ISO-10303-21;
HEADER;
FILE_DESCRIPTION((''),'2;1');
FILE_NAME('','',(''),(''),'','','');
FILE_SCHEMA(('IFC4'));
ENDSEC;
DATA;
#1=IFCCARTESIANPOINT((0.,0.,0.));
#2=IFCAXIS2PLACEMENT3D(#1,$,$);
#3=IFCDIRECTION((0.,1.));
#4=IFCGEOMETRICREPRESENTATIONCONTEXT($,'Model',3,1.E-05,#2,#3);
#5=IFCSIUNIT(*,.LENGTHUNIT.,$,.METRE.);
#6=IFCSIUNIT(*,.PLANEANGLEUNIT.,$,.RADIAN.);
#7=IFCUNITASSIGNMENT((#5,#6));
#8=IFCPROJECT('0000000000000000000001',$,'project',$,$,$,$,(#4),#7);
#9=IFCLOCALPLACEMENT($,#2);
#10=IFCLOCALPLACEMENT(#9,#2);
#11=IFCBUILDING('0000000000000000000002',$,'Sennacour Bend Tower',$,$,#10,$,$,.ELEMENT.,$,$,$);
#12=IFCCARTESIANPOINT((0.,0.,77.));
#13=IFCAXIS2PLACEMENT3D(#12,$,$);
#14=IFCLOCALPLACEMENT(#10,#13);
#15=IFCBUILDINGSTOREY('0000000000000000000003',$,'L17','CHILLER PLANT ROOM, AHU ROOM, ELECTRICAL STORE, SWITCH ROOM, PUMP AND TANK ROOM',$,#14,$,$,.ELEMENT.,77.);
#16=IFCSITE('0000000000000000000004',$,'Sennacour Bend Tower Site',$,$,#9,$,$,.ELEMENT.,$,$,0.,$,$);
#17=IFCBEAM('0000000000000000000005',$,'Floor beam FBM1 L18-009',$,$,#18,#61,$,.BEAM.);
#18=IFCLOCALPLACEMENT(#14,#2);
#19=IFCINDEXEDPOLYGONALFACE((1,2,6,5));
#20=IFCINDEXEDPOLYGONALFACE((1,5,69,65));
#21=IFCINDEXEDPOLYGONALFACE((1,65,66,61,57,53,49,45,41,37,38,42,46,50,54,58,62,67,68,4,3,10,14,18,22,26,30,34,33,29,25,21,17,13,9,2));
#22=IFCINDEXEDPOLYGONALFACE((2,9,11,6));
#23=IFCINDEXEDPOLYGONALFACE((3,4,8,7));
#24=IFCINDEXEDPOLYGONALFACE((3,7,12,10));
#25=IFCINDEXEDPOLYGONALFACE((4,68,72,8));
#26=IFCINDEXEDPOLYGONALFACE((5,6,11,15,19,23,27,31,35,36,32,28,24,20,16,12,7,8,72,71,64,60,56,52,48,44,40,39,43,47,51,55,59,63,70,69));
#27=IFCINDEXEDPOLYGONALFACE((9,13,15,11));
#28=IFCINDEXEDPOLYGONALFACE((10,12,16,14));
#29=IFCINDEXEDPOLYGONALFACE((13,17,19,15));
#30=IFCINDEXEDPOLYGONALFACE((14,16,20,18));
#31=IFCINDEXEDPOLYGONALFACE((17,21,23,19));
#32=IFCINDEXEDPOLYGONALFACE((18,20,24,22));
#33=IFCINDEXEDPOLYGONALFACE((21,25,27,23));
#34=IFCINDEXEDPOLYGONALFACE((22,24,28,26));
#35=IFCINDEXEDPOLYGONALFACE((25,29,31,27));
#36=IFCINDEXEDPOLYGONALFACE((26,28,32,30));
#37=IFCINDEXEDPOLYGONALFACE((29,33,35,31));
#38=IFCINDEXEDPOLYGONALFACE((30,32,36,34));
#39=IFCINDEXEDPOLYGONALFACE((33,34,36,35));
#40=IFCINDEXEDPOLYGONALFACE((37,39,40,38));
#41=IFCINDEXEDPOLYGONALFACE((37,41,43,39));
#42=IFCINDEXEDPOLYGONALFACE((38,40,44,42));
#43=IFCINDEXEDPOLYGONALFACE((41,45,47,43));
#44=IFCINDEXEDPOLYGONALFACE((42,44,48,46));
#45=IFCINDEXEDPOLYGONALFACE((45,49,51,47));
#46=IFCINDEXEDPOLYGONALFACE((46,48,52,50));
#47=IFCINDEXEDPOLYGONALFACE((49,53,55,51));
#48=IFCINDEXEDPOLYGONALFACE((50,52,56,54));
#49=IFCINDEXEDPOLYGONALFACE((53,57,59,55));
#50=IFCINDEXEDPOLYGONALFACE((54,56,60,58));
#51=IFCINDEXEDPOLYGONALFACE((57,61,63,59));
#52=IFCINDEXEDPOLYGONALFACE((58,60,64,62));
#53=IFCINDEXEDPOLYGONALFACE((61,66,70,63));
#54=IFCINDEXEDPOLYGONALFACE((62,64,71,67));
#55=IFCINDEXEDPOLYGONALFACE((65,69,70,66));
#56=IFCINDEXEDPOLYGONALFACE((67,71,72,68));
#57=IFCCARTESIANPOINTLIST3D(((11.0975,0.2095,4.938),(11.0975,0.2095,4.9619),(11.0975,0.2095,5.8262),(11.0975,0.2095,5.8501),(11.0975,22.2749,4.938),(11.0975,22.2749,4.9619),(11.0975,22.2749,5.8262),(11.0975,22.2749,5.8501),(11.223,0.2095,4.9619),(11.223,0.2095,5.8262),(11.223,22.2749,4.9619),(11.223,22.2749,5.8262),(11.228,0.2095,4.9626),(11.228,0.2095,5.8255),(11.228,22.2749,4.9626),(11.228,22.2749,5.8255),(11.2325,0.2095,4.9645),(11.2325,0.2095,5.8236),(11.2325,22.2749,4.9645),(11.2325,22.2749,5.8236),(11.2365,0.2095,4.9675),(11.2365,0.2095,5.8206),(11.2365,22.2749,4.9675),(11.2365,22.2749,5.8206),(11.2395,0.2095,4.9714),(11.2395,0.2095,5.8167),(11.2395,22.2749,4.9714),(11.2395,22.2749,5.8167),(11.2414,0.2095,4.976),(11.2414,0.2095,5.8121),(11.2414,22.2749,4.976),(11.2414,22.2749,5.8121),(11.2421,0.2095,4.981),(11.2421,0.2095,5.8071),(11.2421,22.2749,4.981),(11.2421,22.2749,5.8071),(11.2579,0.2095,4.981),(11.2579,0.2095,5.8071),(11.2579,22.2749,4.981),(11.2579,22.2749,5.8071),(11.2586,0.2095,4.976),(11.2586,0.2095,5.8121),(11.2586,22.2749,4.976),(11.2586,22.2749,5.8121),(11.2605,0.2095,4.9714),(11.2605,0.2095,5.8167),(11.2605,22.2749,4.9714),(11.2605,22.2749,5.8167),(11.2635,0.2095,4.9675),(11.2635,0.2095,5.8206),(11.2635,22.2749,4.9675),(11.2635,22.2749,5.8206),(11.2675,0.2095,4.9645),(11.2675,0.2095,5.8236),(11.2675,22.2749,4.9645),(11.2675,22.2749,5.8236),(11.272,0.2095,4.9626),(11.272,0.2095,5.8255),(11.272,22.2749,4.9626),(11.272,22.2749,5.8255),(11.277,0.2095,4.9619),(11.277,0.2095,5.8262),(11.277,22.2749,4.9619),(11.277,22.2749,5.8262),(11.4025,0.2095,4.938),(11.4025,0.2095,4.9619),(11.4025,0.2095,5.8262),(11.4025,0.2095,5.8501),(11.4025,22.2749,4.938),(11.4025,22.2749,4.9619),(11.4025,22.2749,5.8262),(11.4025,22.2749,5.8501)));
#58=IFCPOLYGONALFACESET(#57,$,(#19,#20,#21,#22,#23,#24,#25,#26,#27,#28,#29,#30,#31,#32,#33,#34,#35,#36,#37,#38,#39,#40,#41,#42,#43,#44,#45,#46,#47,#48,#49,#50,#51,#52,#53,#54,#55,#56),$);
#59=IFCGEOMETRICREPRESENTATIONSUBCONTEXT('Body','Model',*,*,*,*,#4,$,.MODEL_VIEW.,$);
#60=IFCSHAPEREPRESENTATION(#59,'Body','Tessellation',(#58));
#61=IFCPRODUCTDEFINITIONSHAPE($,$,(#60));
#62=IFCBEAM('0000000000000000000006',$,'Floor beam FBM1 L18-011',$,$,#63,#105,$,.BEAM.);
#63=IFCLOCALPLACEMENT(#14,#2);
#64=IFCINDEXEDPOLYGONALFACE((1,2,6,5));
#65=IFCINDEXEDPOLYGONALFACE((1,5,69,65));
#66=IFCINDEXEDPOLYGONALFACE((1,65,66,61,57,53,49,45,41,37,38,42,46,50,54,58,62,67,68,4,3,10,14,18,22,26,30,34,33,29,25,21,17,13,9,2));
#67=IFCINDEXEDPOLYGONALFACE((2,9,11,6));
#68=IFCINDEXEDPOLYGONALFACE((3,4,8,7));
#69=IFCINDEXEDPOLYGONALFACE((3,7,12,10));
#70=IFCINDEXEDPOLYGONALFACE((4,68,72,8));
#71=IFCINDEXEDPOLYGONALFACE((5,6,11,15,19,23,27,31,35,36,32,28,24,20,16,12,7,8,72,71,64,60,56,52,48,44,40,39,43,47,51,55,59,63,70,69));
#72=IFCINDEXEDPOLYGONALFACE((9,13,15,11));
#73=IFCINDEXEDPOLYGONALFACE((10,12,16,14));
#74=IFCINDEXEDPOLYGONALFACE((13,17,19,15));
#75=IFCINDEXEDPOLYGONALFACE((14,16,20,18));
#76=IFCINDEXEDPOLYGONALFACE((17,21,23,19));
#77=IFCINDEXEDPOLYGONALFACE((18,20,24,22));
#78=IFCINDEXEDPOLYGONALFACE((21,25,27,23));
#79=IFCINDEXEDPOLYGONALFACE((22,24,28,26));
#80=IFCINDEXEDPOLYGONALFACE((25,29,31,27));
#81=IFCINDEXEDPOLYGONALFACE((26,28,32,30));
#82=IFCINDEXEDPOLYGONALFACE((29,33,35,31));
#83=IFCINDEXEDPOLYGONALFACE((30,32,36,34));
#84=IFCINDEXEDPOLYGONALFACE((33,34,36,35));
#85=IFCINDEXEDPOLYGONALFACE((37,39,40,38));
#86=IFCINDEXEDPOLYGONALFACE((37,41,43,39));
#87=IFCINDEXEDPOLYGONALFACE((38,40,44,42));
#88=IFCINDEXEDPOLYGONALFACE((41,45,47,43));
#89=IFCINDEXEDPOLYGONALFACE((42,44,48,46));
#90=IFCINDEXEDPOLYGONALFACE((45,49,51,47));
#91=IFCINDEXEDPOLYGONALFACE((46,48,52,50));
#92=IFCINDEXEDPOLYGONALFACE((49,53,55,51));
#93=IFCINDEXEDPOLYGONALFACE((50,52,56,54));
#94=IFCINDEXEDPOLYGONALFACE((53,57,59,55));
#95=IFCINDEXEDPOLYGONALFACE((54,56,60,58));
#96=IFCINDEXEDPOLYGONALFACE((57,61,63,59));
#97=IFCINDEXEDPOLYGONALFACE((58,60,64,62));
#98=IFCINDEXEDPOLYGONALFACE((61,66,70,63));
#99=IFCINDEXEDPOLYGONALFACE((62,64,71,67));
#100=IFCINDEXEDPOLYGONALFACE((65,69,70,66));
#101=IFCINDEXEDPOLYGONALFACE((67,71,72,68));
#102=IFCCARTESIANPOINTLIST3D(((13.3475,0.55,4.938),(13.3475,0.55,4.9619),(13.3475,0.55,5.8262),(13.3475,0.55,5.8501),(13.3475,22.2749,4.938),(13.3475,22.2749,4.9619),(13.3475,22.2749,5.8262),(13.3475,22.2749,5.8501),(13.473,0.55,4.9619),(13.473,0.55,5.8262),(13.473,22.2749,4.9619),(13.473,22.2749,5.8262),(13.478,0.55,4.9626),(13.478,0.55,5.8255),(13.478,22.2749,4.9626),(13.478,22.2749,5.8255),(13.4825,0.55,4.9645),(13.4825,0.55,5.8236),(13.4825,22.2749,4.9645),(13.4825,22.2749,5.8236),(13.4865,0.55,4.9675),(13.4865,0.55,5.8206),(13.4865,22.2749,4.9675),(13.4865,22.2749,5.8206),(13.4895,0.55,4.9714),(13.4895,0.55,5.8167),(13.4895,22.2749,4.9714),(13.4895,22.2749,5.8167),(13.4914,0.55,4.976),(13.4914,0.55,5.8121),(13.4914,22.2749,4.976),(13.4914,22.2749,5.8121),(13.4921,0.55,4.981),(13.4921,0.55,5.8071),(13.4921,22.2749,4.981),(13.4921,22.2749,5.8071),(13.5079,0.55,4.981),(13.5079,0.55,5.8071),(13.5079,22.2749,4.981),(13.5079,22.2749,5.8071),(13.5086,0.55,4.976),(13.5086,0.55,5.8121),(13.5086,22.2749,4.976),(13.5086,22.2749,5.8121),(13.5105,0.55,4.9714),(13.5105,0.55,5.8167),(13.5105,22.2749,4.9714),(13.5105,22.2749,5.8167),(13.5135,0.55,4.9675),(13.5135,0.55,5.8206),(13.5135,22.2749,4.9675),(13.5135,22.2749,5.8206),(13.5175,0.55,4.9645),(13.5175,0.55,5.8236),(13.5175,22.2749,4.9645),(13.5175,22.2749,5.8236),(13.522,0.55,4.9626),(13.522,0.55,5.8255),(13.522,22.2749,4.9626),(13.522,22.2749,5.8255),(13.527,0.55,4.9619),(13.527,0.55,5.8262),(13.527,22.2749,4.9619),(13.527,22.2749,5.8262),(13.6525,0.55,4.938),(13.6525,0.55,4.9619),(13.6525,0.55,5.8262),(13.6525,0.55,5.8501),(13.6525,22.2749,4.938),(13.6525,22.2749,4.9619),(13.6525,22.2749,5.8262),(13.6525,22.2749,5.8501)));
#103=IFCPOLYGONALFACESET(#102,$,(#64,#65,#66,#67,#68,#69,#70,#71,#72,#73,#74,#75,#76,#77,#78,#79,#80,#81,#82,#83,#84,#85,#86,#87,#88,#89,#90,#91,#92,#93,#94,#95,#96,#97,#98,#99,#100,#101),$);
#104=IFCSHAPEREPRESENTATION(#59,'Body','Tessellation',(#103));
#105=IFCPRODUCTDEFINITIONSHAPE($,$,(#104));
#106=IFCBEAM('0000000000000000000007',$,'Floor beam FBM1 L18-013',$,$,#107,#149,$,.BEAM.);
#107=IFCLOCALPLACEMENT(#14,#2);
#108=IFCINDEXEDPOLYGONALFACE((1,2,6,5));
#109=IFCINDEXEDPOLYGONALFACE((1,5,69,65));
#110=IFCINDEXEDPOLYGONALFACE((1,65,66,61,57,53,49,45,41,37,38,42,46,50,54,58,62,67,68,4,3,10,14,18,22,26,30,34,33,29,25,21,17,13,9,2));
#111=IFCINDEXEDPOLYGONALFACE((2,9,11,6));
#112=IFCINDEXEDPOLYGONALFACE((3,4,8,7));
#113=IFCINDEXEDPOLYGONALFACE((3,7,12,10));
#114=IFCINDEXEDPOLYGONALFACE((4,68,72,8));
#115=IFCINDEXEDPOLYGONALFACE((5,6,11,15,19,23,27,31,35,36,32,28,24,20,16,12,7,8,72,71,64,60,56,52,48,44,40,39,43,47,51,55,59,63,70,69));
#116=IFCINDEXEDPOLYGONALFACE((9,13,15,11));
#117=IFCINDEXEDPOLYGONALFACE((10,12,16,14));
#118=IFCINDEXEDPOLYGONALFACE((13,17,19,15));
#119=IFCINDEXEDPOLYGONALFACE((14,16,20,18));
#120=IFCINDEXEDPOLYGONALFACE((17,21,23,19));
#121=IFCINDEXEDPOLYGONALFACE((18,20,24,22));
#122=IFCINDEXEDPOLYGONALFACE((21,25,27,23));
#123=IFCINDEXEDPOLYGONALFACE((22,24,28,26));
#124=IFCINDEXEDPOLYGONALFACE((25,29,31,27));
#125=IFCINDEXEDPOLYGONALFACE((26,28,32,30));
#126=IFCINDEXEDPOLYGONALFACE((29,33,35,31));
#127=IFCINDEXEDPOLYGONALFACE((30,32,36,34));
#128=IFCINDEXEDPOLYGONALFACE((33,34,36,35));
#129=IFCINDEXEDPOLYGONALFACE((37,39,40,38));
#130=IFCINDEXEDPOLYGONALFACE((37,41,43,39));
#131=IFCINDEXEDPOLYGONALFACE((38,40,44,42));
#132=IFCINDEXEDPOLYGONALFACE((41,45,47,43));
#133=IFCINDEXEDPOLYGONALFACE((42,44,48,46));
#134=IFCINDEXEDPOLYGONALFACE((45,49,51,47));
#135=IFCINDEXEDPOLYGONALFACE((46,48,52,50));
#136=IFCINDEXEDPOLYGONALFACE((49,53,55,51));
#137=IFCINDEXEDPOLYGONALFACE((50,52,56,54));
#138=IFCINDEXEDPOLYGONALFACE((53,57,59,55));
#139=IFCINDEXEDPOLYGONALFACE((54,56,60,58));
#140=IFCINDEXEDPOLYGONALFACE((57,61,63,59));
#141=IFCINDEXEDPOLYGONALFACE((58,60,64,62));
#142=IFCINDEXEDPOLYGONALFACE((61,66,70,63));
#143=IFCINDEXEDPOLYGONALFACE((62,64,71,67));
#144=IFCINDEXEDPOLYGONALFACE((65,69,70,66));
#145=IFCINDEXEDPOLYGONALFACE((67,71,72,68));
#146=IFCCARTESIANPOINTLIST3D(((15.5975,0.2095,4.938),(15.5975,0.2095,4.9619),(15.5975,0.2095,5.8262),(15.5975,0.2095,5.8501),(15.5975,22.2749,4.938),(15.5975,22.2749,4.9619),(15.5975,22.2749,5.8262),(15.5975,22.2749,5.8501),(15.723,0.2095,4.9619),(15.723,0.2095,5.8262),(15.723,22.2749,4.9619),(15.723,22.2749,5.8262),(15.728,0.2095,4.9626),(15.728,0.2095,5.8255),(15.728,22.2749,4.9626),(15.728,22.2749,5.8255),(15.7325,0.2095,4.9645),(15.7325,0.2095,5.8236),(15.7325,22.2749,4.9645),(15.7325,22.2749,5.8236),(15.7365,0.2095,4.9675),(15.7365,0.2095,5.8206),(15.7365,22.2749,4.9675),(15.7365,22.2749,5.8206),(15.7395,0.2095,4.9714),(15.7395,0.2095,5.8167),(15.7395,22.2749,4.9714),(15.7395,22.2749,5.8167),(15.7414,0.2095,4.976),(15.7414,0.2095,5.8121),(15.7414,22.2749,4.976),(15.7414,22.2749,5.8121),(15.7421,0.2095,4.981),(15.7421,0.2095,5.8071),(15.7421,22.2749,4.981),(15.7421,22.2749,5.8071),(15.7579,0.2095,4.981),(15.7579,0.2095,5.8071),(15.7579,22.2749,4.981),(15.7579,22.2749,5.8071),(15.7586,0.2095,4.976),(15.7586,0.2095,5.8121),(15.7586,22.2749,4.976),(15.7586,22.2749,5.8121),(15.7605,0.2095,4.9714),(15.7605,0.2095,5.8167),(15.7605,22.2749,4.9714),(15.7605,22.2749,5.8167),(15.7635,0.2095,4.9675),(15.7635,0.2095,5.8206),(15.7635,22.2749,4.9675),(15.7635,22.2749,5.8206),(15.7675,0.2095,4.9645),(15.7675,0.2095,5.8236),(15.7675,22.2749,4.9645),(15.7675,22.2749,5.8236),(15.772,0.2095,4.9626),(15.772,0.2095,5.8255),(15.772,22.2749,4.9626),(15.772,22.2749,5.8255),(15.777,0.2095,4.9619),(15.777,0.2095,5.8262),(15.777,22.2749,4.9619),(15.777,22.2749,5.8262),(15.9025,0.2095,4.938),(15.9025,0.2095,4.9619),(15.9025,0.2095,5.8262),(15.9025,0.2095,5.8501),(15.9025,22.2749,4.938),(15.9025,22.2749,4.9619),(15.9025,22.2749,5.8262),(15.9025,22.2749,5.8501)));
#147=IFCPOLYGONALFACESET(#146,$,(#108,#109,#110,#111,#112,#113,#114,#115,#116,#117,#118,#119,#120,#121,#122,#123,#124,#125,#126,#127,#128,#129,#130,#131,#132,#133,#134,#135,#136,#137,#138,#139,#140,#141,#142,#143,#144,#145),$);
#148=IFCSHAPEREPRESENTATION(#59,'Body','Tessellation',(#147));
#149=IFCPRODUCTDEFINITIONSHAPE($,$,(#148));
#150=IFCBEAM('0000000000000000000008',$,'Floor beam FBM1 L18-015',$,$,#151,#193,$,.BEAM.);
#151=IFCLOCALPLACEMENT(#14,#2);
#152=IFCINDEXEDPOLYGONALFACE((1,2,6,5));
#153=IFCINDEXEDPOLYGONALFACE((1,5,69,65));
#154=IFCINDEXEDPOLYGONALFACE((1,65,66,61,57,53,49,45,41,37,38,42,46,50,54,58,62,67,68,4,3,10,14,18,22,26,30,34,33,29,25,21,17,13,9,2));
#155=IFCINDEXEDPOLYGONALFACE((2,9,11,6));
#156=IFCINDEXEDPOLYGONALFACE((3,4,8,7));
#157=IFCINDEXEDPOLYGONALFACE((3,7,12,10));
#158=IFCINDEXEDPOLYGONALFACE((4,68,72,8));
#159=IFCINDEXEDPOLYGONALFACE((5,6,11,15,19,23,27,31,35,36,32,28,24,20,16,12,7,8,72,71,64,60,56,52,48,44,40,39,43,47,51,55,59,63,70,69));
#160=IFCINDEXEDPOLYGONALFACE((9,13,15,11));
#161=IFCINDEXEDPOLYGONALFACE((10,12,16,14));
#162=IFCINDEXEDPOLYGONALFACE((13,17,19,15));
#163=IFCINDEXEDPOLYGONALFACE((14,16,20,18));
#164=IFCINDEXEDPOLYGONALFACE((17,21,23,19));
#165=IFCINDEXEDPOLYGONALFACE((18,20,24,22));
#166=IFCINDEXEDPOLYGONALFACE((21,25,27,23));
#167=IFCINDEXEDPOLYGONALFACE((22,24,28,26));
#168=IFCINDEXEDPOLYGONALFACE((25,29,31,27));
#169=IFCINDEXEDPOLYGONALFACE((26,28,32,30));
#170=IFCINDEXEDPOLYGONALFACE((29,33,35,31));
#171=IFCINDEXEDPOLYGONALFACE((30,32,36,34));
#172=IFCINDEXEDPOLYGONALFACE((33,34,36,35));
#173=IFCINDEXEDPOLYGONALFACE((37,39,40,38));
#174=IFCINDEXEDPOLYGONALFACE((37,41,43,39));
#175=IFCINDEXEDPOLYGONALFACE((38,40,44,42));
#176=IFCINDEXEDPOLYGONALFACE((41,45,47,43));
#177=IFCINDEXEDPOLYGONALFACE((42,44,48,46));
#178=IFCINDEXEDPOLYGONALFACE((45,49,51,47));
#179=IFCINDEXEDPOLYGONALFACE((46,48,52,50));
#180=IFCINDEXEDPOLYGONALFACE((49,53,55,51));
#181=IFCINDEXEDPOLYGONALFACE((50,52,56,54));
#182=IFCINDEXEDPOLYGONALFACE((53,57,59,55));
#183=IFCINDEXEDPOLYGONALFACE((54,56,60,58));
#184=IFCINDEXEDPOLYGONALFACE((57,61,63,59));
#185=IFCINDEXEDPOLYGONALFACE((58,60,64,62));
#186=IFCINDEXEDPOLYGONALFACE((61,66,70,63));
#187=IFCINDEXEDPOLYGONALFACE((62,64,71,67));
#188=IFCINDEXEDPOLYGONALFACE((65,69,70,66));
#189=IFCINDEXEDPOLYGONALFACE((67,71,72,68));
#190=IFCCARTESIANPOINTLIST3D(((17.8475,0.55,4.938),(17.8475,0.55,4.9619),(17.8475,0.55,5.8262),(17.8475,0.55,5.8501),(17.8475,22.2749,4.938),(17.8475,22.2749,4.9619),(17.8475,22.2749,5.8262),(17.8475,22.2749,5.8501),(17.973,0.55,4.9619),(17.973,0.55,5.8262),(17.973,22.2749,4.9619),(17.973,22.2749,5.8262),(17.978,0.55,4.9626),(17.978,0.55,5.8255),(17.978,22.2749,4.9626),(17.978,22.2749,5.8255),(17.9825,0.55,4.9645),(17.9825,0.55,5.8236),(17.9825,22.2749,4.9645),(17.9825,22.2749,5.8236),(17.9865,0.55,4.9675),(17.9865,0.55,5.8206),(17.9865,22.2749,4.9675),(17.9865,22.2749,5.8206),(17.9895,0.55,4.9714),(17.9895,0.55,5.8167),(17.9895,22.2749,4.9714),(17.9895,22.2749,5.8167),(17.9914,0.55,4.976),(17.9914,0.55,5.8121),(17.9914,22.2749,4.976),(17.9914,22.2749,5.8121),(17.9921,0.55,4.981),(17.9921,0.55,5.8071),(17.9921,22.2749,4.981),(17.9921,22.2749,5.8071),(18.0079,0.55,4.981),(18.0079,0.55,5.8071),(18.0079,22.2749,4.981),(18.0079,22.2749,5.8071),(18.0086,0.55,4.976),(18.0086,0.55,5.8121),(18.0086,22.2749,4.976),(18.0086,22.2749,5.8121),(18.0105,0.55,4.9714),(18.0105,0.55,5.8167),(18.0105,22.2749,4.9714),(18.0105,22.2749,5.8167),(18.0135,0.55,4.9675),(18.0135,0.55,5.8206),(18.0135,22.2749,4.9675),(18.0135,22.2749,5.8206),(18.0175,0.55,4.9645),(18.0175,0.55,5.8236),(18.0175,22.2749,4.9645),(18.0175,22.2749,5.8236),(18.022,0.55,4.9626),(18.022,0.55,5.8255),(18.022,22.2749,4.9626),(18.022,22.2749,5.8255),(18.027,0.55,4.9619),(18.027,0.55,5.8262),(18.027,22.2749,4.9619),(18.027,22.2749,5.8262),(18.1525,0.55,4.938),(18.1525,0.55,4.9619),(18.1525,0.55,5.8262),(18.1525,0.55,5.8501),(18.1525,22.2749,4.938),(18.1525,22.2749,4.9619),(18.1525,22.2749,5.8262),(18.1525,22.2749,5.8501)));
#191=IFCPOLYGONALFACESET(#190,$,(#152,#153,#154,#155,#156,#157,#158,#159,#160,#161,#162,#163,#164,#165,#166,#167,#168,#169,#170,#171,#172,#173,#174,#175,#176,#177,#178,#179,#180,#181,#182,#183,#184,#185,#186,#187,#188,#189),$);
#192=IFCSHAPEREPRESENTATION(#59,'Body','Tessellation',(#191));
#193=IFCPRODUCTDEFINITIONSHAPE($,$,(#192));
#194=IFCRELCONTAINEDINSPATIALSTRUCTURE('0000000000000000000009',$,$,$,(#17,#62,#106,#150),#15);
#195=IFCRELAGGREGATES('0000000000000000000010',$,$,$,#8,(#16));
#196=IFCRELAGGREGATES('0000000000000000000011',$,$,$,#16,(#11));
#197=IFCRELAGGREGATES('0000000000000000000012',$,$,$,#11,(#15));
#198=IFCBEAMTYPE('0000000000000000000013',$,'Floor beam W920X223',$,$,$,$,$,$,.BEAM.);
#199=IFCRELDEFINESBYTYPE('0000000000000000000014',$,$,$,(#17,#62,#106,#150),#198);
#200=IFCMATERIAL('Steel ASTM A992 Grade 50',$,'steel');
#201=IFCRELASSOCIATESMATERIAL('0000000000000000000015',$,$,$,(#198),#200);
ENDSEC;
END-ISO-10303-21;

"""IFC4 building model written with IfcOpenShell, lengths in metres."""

from ifc_helpers import new_model, si_unit, direction, frame, origin, origin_2d, place, context, subcontext, project, spatial, i_section, extrude, material, material_profile, profile_set, type_object, element, save


model = new_model("IFC4")

# Units and contexts
model_context = context("Model", 3, precision=1e-05, world=origin(), true_north=direction((0.0, 1.0)))
body_context = subcontext(model_context, "Body", "Model", "MODEL_VIEW")
ifc_project = project(units=[si_unit("LENGTHUNIT", "METRE"), si_unit("PLANEANGLEUNIT", "RADIAN")], contexts=[model_context])

# Site, building, storey
site_placement = place(None, origin())
site = spatial("IfcSite", under=ifc_project, at=site_placement, Name="Sennacour Bend Tower Site", CompositionType="ELEMENT", RefElevation=0.0)
building_placement = place(site_placement, origin())
building = spatial("IfcBuilding", under=site, at=building_placement, Name="Sennacour Bend Tower", CompositionType="ELEMENT")
storey_placement = place(building_placement, frame((0.0, 0.0, 77.0)))
storey = spatial("IfcBuildingStorey", under=building, at=storey_placement, Name="L17", Description="CHILLER PLANT ROOM, AHU ROOM, ELECTRICAL STORE, SWITCH ROOM, PUMP AND TANK ROOM", CompositionType="ELEMENT", Elevation=77.0)

# Shared definitions
ifc_material_1 = material(Name="Steel ASTM A992 Grade 50", Category="steel")

# Beams
ifc_material_profile_1 = material_profile(ifc_material_1, i_section(OverallWidth=0.3049, OverallDepth=0.9121, WebThickness=0.0159, FlangeThickness=0.0239, FilletRadius=0.019, at=origin_2d()), Name="Steel ASTM A992 Grade 50", Category="steel")
ifc_profile_set_1 = profile_set([ifc_material_profile_1], Name="Steel ASTM A992 Grade 50")
beam_type_1 = type_object("IfcBeamType", Name="Floor beam W920X223", PredefinedType="BEAM", material=ifc_profile_set_1)
beam_1_placement = place(storey_placement, frame((11.25, 0.2095, 5.394), z_axis=(0.0, 1.0, 0.0), x_axis=(-1.0, 0.0, 0.0)))
element("IfcBeam", 1, at=beam_1_placement, inside=storey, type_object=beam_type_1, Name="Floor beam FBM1 L18-009", PredefinedType="BEAM", context=body_context, shape_type="SweptSolid", body=[
    extrude(i_section(OverallWidth=0.3049, OverallDepth=0.9121, WebThickness=0.0159, FlangeThickness=0.0239, FilletRadius=0.019, at=origin_2d()), origin(), (0.0, 0.0, 1.0), 22.0654),
])
beam_2_placement = place(storey_placement, frame((13.5, 0.55, 5.394), z_axis=(0.0, 1.0, 0.0), x_axis=(-1.0, 0.0, 0.0)))
element("IfcBeam", 2, at=beam_2_placement, inside=storey, type_object=beam_type_1, Name="Floor beam FBM1 L18-011", PredefinedType="BEAM", context=body_context, shape_type="SweptSolid", body=[
    extrude(i_section(OverallWidth=0.3049, OverallDepth=0.9121, WebThickness=0.0159, FlangeThickness=0.0239, FilletRadius=0.019, at=origin_2d()), origin(), (0.0, 0.0, 1.0), 21.7249),
])
beam_3_placement = place(storey_placement, frame((15.75, 0.2095, 5.394), z_axis=(0.0, 1.0, 0.0), x_axis=(-1.0, 0.0, 0.0)))
element("IfcBeam", 3, at=beam_3_placement, inside=storey, type_object=beam_type_1, Name="Floor beam FBM1 L18-013", PredefinedType="BEAM", context=body_context, shape_type="SweptSolid", body=[
    extrude(i_section(OverallWidth=0.3049, OverallDepth=0.9121, WebThickness=0.0159, FlangeThickness=0.0239, FilletRadius=0.019, at=origin_2d()), origin(), (0.0, 0.0, 1.0), 22.0654),
])
beam_4_placement = place(storey_placement, frame((18.0, 0.55, 5.394), z_axis=(0.0, 1.0, 0.0), x_axis=(-1.0, 0.0, 0.0)))
element("IfcBeam", 4, at=beam_4_placement, inside=storey, type_object=beam_type_1, Name="Floor beam FBM1 L18-015", PredefinedType="BEAM", context=body_context, shape_type="SweptSolid", body=[
    extrude(i_section(OverallWidth=0.3049, OverallDepth=0.9121, WebThickness=0.0159, FlangeThickness=0.0239, FilletRadius=0.019, at=origin_2d()), origin(), (0.0, 0.0, 1.0), 21.7249),
])

save(model, "model.ifc")
